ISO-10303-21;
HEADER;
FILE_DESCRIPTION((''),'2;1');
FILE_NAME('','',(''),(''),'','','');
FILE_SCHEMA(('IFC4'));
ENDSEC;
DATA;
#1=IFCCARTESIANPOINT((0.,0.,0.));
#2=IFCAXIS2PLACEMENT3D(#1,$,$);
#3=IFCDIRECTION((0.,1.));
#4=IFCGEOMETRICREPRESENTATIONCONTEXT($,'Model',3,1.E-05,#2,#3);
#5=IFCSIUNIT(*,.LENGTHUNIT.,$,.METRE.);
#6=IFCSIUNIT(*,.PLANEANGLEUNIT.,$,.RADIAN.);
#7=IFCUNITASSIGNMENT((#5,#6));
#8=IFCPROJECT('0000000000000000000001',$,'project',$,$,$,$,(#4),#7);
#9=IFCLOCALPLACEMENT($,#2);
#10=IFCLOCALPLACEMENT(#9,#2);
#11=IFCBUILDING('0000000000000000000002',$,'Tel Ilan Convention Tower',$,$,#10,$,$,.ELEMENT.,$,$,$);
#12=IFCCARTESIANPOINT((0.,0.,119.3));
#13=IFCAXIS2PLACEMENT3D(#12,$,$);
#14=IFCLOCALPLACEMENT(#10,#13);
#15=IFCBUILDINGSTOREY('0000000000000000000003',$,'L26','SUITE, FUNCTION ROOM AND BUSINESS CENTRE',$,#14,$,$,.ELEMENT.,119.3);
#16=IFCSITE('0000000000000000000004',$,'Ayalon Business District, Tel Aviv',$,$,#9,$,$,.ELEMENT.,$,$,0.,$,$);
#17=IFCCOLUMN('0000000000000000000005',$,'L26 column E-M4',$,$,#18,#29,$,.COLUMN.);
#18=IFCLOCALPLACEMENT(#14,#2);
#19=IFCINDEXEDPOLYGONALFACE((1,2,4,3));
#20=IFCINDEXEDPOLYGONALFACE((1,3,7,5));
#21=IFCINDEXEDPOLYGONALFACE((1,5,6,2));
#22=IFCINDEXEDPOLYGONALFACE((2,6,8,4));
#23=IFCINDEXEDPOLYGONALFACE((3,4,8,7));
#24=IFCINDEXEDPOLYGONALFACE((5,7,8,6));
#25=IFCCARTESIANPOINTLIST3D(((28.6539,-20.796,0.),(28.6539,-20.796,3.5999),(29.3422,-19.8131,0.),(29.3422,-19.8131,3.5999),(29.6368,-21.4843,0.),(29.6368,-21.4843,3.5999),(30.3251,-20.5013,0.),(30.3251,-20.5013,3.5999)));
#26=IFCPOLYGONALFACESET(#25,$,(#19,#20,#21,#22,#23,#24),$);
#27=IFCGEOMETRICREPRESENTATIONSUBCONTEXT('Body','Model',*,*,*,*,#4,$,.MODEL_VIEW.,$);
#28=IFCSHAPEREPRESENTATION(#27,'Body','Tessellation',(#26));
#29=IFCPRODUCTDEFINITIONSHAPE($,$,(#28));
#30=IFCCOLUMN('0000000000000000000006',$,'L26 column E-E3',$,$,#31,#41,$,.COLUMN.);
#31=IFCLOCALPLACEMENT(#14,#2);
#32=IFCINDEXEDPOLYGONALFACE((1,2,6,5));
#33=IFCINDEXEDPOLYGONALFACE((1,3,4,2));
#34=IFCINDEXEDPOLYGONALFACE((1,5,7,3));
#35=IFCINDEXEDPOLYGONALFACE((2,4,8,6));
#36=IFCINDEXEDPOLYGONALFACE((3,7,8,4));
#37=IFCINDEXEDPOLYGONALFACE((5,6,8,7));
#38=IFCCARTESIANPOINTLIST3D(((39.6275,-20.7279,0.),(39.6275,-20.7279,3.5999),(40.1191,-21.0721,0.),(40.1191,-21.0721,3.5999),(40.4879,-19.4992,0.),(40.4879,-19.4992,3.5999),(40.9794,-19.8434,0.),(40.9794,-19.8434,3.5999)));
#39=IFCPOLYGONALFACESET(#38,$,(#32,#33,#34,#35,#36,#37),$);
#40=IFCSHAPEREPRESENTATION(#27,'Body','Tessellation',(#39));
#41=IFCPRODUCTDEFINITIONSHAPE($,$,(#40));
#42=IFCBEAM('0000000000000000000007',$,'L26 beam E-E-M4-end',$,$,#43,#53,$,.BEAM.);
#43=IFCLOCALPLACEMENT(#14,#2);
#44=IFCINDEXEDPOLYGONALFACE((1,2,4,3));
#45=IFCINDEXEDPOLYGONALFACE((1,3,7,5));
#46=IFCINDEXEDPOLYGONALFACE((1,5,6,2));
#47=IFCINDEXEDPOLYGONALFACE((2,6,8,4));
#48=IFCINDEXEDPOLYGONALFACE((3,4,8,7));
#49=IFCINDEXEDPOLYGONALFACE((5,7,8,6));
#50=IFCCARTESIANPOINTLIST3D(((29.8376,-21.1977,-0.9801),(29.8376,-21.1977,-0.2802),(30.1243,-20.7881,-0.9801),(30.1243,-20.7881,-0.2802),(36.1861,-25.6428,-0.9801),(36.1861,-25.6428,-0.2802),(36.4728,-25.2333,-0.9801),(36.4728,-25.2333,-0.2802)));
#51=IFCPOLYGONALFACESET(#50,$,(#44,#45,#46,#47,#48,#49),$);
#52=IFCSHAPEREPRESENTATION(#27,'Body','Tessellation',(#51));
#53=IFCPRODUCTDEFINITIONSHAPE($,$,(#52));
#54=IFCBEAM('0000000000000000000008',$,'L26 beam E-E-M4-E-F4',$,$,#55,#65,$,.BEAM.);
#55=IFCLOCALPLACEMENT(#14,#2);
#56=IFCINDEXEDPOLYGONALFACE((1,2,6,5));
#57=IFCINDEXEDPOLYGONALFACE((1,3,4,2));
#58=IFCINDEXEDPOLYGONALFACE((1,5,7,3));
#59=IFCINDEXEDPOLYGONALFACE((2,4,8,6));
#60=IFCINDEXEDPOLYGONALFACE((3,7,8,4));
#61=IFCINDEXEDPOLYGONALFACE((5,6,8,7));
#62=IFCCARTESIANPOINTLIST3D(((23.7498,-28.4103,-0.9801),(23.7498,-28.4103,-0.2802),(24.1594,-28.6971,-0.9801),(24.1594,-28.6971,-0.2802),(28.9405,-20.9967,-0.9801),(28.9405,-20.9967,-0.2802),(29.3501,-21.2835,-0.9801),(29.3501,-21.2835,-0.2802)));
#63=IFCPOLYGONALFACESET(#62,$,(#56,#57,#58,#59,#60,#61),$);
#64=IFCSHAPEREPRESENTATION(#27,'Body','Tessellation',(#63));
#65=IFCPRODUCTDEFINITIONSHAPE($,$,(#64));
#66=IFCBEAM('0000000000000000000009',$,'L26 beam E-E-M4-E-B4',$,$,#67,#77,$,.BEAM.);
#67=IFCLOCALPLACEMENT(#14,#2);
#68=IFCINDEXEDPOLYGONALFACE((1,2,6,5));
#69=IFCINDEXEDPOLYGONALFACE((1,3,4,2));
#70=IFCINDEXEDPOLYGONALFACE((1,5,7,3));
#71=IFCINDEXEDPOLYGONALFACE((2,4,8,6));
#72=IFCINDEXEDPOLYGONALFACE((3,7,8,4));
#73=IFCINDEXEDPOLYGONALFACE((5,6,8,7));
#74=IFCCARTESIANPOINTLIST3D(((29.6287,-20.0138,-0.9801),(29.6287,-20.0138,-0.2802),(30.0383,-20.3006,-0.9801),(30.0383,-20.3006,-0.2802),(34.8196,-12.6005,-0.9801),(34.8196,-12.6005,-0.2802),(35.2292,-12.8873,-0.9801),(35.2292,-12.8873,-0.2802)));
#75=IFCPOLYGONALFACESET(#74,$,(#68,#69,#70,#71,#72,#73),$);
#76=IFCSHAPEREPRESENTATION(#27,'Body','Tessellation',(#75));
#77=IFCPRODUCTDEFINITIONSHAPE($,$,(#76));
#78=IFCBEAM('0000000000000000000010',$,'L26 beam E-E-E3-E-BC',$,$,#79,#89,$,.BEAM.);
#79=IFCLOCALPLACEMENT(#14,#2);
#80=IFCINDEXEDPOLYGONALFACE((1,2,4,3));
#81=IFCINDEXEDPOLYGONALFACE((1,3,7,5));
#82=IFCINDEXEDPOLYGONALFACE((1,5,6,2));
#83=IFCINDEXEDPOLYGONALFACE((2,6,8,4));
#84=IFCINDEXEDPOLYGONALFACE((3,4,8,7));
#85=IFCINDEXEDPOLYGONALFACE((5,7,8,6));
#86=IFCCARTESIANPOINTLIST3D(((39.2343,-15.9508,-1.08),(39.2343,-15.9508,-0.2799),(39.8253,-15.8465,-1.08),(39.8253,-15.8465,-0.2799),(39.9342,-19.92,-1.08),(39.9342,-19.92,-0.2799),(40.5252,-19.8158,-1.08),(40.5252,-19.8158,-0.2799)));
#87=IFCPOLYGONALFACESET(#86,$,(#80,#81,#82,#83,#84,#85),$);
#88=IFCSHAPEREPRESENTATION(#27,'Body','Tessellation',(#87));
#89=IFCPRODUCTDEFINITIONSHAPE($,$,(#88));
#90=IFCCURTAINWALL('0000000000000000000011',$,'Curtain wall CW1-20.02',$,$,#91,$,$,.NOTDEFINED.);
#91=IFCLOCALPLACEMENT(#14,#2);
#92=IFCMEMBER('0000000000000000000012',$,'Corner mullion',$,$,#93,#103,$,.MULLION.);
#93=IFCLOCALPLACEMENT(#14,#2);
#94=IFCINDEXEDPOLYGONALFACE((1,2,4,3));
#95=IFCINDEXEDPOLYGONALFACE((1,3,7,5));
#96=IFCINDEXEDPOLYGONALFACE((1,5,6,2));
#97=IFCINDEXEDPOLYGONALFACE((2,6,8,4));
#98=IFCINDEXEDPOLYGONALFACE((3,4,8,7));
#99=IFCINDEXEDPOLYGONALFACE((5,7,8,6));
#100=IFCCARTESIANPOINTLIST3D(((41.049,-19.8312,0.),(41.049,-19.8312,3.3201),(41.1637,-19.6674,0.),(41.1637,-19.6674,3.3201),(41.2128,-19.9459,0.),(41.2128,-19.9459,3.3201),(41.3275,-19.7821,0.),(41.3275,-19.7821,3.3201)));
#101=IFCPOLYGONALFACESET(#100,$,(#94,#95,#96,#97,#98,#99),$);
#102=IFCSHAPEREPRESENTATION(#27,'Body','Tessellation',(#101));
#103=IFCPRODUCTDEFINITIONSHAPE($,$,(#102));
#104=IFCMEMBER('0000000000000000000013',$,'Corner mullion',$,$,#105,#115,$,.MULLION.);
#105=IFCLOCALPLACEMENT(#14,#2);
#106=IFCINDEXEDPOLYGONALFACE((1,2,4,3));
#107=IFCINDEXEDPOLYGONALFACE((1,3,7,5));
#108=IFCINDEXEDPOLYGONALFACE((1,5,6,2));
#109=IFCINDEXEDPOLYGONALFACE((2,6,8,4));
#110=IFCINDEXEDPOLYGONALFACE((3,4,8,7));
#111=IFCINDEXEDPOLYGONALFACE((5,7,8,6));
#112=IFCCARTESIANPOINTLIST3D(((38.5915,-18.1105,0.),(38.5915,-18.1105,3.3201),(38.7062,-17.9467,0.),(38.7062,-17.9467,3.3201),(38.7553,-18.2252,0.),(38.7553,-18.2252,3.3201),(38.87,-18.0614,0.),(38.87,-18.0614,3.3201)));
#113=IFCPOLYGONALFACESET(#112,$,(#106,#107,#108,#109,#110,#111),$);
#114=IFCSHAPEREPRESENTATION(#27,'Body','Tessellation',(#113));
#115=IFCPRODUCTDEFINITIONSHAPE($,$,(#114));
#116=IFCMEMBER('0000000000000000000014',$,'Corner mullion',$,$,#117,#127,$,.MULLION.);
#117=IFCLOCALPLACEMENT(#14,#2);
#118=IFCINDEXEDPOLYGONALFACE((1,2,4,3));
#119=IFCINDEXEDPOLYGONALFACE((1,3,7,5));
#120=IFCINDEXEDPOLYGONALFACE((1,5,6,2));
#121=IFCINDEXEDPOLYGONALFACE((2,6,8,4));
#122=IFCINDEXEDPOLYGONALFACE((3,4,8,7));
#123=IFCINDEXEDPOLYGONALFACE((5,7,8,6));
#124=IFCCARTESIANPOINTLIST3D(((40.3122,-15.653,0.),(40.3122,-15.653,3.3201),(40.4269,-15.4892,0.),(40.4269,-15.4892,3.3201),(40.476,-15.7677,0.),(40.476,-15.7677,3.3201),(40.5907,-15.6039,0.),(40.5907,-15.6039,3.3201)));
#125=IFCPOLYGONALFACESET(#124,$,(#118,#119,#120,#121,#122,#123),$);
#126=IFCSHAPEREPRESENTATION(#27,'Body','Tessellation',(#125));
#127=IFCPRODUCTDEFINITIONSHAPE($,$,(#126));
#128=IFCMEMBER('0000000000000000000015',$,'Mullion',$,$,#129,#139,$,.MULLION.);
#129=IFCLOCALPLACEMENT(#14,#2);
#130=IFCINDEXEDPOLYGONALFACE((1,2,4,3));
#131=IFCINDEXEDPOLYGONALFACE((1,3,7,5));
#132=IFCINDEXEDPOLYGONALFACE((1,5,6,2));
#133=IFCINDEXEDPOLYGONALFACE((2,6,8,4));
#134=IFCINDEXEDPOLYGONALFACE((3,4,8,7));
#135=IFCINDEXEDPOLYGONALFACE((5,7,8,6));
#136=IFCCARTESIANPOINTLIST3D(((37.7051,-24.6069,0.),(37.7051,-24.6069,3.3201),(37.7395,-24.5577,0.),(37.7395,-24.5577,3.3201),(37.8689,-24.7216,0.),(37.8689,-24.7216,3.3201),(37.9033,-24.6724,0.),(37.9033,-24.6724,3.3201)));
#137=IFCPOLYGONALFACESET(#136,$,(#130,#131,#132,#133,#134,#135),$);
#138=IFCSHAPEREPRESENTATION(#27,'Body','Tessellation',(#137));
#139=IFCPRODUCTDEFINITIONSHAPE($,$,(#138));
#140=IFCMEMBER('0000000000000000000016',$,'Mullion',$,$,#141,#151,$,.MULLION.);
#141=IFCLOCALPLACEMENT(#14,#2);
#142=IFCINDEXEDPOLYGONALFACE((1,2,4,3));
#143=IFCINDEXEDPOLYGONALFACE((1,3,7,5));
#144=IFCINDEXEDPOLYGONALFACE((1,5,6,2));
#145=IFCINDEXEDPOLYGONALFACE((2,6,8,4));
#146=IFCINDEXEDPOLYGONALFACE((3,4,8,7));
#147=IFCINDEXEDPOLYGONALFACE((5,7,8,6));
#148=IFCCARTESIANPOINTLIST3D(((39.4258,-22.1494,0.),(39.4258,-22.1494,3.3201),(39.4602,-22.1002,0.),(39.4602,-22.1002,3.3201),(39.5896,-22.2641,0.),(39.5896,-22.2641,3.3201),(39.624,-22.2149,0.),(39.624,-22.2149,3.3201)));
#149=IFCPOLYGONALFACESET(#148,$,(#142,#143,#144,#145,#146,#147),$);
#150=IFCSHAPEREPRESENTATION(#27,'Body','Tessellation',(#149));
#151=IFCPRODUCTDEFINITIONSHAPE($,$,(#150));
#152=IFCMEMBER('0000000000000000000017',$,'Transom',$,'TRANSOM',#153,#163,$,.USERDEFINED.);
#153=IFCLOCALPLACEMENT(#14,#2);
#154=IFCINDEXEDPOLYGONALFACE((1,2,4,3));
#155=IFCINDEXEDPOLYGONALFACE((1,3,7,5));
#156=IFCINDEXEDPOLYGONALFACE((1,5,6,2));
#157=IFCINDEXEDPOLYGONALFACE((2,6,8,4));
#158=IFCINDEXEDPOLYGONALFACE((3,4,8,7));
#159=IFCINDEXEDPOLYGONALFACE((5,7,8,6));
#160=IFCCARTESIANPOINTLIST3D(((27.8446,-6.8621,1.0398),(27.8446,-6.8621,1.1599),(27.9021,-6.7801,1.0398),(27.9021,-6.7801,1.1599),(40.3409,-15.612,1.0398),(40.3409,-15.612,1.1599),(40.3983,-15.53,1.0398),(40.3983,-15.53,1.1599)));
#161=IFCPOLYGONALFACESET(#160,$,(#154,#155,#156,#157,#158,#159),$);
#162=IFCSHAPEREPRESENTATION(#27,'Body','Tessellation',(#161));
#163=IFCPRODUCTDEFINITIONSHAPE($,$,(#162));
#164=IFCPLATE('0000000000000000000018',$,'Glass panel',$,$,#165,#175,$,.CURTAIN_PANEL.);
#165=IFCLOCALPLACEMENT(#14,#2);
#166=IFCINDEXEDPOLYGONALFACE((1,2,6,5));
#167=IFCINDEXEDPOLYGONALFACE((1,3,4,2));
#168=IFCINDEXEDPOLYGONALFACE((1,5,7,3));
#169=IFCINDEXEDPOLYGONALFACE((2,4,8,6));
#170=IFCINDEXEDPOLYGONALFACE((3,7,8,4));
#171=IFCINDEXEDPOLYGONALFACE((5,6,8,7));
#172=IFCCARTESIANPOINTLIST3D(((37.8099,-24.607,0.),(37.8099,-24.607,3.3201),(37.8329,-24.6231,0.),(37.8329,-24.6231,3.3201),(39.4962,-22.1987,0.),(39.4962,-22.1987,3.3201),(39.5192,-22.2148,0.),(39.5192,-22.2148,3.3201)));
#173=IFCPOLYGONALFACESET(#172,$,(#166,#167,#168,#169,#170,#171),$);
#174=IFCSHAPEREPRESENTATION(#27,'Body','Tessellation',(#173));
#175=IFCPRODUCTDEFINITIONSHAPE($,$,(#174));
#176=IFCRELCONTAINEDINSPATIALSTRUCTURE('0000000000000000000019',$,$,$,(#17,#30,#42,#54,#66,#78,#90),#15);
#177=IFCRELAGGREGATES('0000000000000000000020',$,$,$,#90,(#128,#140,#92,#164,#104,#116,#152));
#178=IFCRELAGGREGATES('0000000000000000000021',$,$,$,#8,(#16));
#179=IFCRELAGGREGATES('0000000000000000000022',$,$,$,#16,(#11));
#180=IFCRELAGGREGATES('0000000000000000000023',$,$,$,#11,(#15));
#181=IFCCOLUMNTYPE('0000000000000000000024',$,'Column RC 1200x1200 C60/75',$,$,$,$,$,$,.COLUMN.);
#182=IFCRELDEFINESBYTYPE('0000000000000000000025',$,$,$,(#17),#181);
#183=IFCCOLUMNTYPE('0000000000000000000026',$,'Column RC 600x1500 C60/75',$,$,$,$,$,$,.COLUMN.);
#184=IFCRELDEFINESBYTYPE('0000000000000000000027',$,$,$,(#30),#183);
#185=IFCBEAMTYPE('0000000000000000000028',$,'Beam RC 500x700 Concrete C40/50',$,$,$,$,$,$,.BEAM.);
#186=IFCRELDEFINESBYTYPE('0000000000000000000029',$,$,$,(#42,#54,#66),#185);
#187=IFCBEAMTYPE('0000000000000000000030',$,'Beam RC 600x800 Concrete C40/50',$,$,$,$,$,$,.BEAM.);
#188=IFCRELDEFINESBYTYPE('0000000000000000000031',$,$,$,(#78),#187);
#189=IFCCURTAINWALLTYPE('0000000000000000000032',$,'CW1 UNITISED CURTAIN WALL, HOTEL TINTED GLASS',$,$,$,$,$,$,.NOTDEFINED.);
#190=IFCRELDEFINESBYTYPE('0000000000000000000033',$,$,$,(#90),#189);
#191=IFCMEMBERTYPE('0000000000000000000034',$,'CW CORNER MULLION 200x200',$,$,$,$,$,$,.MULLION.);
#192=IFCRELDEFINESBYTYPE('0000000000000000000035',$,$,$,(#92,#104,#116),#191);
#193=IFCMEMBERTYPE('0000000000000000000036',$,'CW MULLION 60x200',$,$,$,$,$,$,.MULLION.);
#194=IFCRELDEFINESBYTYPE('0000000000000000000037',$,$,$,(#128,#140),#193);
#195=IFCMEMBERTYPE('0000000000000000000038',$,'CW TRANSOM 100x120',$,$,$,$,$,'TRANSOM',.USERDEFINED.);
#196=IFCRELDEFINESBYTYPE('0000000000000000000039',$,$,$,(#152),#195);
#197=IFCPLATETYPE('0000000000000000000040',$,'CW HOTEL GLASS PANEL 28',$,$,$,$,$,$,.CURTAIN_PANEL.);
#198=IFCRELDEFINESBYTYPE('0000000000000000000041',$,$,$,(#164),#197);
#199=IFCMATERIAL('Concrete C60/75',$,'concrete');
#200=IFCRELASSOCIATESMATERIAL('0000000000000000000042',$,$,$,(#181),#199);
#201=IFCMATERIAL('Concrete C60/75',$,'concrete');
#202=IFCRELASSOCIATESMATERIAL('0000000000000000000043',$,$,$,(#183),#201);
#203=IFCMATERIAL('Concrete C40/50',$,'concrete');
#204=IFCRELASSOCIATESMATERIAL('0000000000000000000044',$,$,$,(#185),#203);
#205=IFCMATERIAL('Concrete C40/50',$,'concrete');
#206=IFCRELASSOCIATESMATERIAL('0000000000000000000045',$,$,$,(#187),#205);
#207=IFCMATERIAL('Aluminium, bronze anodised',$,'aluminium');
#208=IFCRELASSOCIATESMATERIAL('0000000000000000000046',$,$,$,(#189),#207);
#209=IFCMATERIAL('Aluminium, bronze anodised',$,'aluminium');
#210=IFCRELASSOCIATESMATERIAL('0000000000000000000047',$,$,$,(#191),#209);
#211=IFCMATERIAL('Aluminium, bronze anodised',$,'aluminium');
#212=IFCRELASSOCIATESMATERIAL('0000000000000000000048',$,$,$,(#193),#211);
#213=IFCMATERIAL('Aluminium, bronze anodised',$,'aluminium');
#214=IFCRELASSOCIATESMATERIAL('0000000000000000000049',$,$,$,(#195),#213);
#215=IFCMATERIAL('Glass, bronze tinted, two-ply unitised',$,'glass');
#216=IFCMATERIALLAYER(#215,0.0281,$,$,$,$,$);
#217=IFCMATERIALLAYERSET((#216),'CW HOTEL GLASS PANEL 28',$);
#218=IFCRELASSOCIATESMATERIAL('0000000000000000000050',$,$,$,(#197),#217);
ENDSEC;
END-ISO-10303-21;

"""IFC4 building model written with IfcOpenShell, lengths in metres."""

from ifc_helpers import new_model, si_unit, direction, frame, origin, origin_2d, place, context, subcontext, project, spatial, rectangle, extrude, material, layer, layer_set, material_profile, profile_set, type_object, element, aggregate, save


model = new_model("IFC4")

# Units and contexts
model_context = context("Model", 3, precision=1e-05, world=origin(), true_north=direction((0.0, 1.0)))
body_context = subcontext(model_context, "Body", "Model", "MODEL_VIEW")
ifc_project = project(units=[si_unit("LENGTHUNIT", "METRE"), si_unit("PLANEANGLEUNIT", "RADIAN")], contexts=[model_context])

# Site, building, storey
site_placement = place(None, origin())
site = spatial("IfcSite", under=ifc_project, at=site_placement, Name="Ayalon Business District, Tel Aviv", CompositionType="ELEMENT", RefElevation=0.0)
building_placement = place(site_placement, origin())
building = spatial("IfcBuilding", under=site, at=building_placement, Name="Tel Ilan Convention Tower", CompositionType="ELEMENT")
storey_placement = place(building_placement, frame((0.0, 0.0, 119.3)))
storey = spatial("IfcBuildingStorey", under=building, at=storey_placement, Name="L26", Description="SUITE, FUNCTION ROOM AND BUSINESS CENTRE", CompositionType="ELEMENT", Elevation=119.3)

# Columns
ifc_material_1 = material(Name="Concrete C60/75", Category="concrete")
ifc_material_profile_1 = material_profile(ifc_material_1, rectangle(XDim=1.2, YDim=1.2, at=origin_2d()), Name="RC 1200x1200")
ifc_profile_set_1 = profile_set([ifc_material_profile_1], Name="Concrete C60/75")
column_type_1 = type_object("IfcColumnType", Name="Column RC 1200x1200 C60/75", PredefinedType="COLUMN", material=ifc_profile_set_1)
column_1_placement = place(storey_placement, frame((29.4895, -20.6487, 0.0), z_axis=(0.0, 0.0, 1.0), x_axis=(0.819152, -0.573576, 0.0)))
element("IfcColumn", 1, at=column_1_placement, inside=storey, type_object=column_type_1, Name="L26 column E-M4", PredefinedType="COLUMN", context=body_context, shape_type="SweptSolid", body=[
    extrude(rectangle(XDim=1.2, YDim=1.2, at=origin_2d()), origin(), (0.0, 0.0, 1.0), 3.5999),
])
ifc_material_2 = material(Name="Concrete C60/75", Category="concrete")
ifc_material_profile_2 = material_profile(ifc_material_2, rectangle(XDim=1.5, YDim=0.6001, at=origin_2d()), Name="RC 600x1500")
ifc_profile_set_2 = profile_set([ifc_material_profile_2], Name="Concrete C60/75")
column_type_2 = type_object("IfcColumnType", Name="Column RC 600x1500 C60/75", PredefinedType="COLUMN", material=ifc_profile_set_2)
column_2_placement = place(storey_placement, frame((40.3035, -20.2856, 0.0), z_axis=(0.0, 0.0, 1.0), x_axis=(0.573576, 0.819152, 0.0)))
element("IfcColumn", 2, at=column_2_placement, inside=storey, type_object=column_type_2, Name="L26 column E-E3", PredefinedType="COLUMN", context=body_context, shape_type="SweptSolid", body=[
    extrude(rectangle(XDim=1.5, YDim=0.6001, at=origin_2d()), origin(), (0.0, 0.0, 1.0), 3.5999),
])

# Beams
ifc_material_3 = material(Name="Concrete C40/50", Category="concrete")
ifc_material_profile_3 = material_profile(ifc_material_3, rectangle(XDim=0.5, YDim=0.7, at=origin_2d()), Name="RC 500x700")
ifc_profile_set_3 = profile_set([ifc_material_profile_3], Name="Concrete C40/50")
beam_type_1 = type_object("IfcBeamType", Name="Beam RC 500x700 Concrete C40/50", PredefinedType="BEAM", material=ifc_profile_set_3)
beam_1_placement = place(storey_placement, frame((29.981, -20.9929, -0.6301), z_axis=(0.819159, -0.573566, 0.0), x_axis=(0.573566, 0.819159, 0.0)))
element("IfcBeam", 3, at=beam_1_placement, inside=storey, type_object=beam_type_1, Name="L26 beam E-E-M4-end", PredefinedType="BEAM", context=body_context, shape_type="SweptSolid", body=[
    extrude(rectangle(XDim=0.5, YDim=0.7, at=origin_2d()), origin(), (0.0, 0.0, 1.0), 7.75),
])
for number, where, z_axis, x_axis, name in (
    (4, (29.1453, -21.1401, -0.6301), (-0.573549, -0.819171, 0.0), (0.819171, -0.573549, 0.0), "L26 beam E-E-M4-E-F4"),
    (5, (29.8335, -20.1572, -0.6301), (0.57358, 0.81915, 0.0), (-0.81915, 0.57358, 0.0), "L26 beam E-E-M4-E-B4"),
):
    element("IfcBeam", number, at=place(storey_placement, frame(where, z_axis=z_axis, x_axis=x_axis)), inside=storey, type_object=beam_type_1, Name=name, PredefinedType="BEAM", context=body_context, shape_type="SweptSolid", body=[
        extrude(rectangle(XDim=0.5, YDim=0.7, at=origin_2d()), origin(), (0.0, 0.0, 1.0), 9.05),
    ])
ifc_material_4 = material(Name="Concrete C40/50", Category="concrete")
ifc_material_profile_4 = material_profile(ifc_material_4, rectangle(XDim=0.6001, YDim=0.8, at=origin_2d()), Name="RC 600x800")
ifc_profile_set_4 = profile_set([ifc_material_profile_4], Name="Concrete C40/50")
beam_type_2 = type_object("IfcBeamType", Name="Beam RC 600x800 Concrete C40/50", PredefinedType="BEAM", material=ifc_profile_set_4)
beam_2_placement = place(storey_placement, frame((40.2297, -19.8679, -0.6799), z_axis=(-0.173664, 0.984805, 0.0), x_axis=(-0.984805, -0.173664, 0.0)))
element("IfcBeam", 6, at=beam_2_placement, inside=storey, type_object=beam_type_2, Name="L26 beam E-E-E3-E-BC", PredefinedType="BEAM", context=body_context, shape_type="SweptSolid", body=[
    extrude(rectangle(XDim=0.6001, YDim=0.8, at=origin_2d()), origin(), (0.0, 0.0, 1.0), 4.0305),
])

# Curtain wall, members, plate
ifc_material_5 = material(Name="Aluminium, bronze anodised", Category="aluminium")
curtain_wall_type = type_object("IfcCurtainWallType", Name="CW1 UNITISED CURTAIN WALL, HOTEL TINTED GLASS", PredefinedType="NOTDEFINED", material=ifc_material_5)
curtain_wall_placement = place(storey_placement, origin())
curtain_wall = element("IfcCurtainWall", 7, at=curtain_wall_placement, inside=storey, type_object=curtain_wall_type, Name="Curtain wall CW1-20.02", PredefinedType="NOTDEFINED")
ifc_material_6 = material(Name="Aluminium, bronze anodised", Category="aluminium")
ifc_material_profile_5 = material_profile(ifc_material_6, rectangle(XDim=0.2, YDim=0.2, at=origin_2d()), Name="CW CORNER MULLION 200x200")
ifc_profile_set_5 = profile_set([ifc_material_profile_5], Name="Aluminium, bronze anodised")
member_type_1 = type_object("IfcMemberType", Name="CW CORNER MULLION 200x200", PredefinedType="MULLION", material=ifc_profile_set_5)
member_1_placement = place(storey_placement, frame((41.1882, -19.8066, 0.0), z_axis=(0.0, 0.0, 1.0), x_axis=(0.573576, 0.819152, 0.0)))
member_1 = element("IfcMember", 8, at=member_1_placement, type_object=member_type_1, Name="Corner mullion", PredefinedType="MULLION", context=body_context, shape_type="SweptSolid", body=[
    extrude(rectangle(XDim=0.2, YDim=0.2, at=origin_2d()), origin(), (0.0, 0.0, 1.0), 3.3201),
])
member_2_placement = place(storey_placement, frame((38.7307, -18.0859, 0.0), z_axis=(0.0, 0.0, 1.0), x_axis=(-0.819152, 0.573576, 0.0)))
member_2 = element("IfcMember", 9, at=member_2_placement, type_object=member_type_1, Name="Corner mullion", PredefinedType="MULLION", context=body_context, shape_type="SweptSolid", body=[
    extrude(rectangle(XDim=0.2, YDim=0.2, at=origin_2d()), origin(), (0.0, 0.0, 1.0), 3.3201),
])
member_3_placement = place(storey_placement, frame((40.4514, -15.6284, 0.0), z_axis=(0.0, 0.0, 1.0), x_axis=(0.573576, 0.819152, 0.0)))
member_3 = element("IfcMember", 10, at=member_3_placement, type_object=member_type_1, Name="Corner mullion", PredefinedType="MULLION", context=body_context, shape_type="SweptSolid", body=[
    extrude(rectangle(XDim=0.2, YDim=0.2, at=origin_2d()), origin(), (0.0, 0.0, 1.0), 3.3201),
])
ifc_material_7 = material(Name="Aluminium, bronze anodised", Category="aluminium")
ifc_material_profile_6 = material_profile(ifc_material_7, rectangle(XDim=0.0601, YDim=0.2, at=origin_2d()), Name="CW MULLION 60x200")
ifc_profile_set_6 = profile_set([ifc_material_profile_6], Name="Aluminium, bronze anodised")
member_type_2 = type_object("IfcMemberType", Name="CW MULLION 60x200", PredefinedType="MULLION", material=ifc_profile_set_6)
member_4_placement = place(storey_placement, frame((37.8042, -24.6396, 0.0), z_axis=(0.0, 0.0, 1.0), x_axis=(0.573576, 0.819152, 0.0)))
member_4 = element("IfcMember", 11, at=member_4_placement, type_object=member_type_2, Name="Mullion", PredefinedType="MULLION", context=body_context, shape_type="SweptSolid", body=[
    extrude(rectangle(XDim=0.0601, YDim=0.2, at=origin_2d()), origin(), (0.0, 0.0, 1.0), 3.3201),
])
member_5_placement = place(storey_placement, frame((39.5249, -22.1821, 0.0), z_axis=(0.0, 0.0, 1.0), x_axis=(0.573576, 0.819152, 0.0)))
member_5 = element("IfcMember", 12, at=member_5_placement, type_object=member_type_2, Name="Mullion", PredefinedType="MULLION", context=body_context, shape_type="SweptSolid", body=[
    extrude(rectangle(XDim=0.0601, YDim=0.2, at=origin_2d()), origin(), (0.0, 0.0, 1.0), 3.3201),
])
ifc_material_8 = material(Name="Aluminium, bronze anodised", Category="aluminium")
ifc_material_profile_7 = material_profile(ifc_material_8, rectangle(XDim=0.1001, YDim=0.1201, at=origin_2d()), Name="CW TRANSOM 100x120")
ifc_profile_set_7 = profile_set([ifc_material_profile_7], Name="Aluminium, bronze anodised")
member_type_3 = type_object("IfcMemberType", Name="CW TRANSOM 100x120", ElementType="TRANSOM", PredefinedType="USERDEFINED", material=ifc_profile_set_7)
member_6_placement = place(storey_placement, frame((40.3696, -15.571, 1.0999), z_axis=(-0.819153, 0.573575, 0.0), x_axis=(-0.573575, -0.819153, 0.0)))
member_6 = element("IfcMember", 13, at=member_6_placement, type_object=member_type_3, Name="Transom", ObjectType="TRANSOM", PredefinedType="USERDEFINED", context=body_context, shape_type="SweptSolid", body=[
    extrude(rectangle(XDim=0.1001, YDim=0.1201, at=origin_2d()), origin(), (0.0, 0.0, 1.0), 15.2551),
])
ifc_material_9 = material(Name="Glass, bronze tinted, two-ply unitised", Category="glass")
ifc_layer_1 = layer(ifc_material_9, 0.0281)
ifc_layer_set_1 = layer_set([ifc_layer_1], Name="CW HOTEL GLASS PANEL 28")
plate_type = type_object("IfcPlateType", Name="CW HOTEL GLASS PANEL 28", PredefinedType="CURTAIN_PANEL", material=ifc_layer_set_1)
plate_1_placement = place(storey_placement, frame((38.6646, -23.4109, 0.0), z_axis=(0.0, 0.0, 1.0), x_axis=(0.573576, 0.819152, 0.0)))
plate_1 = element("IfcPlate", 14, at=plate_1_placement, type_object=plate_type, Name="Glass panel", PredefinedType="CURTAIN_PANEL", context=body_context, shape_type="SweptSolid", body=[
    extrude(rectangle(XDim=2.9399, YDim=0.0281, at=origin_2d()), origin(), (0.0, 0.0, 1.0), 3.3201),
])
aggregate(curtain_wall, [member_4, member_5, member_1, plate_1, member_2, member_3, member_6])

save(model, "model.ifc")
